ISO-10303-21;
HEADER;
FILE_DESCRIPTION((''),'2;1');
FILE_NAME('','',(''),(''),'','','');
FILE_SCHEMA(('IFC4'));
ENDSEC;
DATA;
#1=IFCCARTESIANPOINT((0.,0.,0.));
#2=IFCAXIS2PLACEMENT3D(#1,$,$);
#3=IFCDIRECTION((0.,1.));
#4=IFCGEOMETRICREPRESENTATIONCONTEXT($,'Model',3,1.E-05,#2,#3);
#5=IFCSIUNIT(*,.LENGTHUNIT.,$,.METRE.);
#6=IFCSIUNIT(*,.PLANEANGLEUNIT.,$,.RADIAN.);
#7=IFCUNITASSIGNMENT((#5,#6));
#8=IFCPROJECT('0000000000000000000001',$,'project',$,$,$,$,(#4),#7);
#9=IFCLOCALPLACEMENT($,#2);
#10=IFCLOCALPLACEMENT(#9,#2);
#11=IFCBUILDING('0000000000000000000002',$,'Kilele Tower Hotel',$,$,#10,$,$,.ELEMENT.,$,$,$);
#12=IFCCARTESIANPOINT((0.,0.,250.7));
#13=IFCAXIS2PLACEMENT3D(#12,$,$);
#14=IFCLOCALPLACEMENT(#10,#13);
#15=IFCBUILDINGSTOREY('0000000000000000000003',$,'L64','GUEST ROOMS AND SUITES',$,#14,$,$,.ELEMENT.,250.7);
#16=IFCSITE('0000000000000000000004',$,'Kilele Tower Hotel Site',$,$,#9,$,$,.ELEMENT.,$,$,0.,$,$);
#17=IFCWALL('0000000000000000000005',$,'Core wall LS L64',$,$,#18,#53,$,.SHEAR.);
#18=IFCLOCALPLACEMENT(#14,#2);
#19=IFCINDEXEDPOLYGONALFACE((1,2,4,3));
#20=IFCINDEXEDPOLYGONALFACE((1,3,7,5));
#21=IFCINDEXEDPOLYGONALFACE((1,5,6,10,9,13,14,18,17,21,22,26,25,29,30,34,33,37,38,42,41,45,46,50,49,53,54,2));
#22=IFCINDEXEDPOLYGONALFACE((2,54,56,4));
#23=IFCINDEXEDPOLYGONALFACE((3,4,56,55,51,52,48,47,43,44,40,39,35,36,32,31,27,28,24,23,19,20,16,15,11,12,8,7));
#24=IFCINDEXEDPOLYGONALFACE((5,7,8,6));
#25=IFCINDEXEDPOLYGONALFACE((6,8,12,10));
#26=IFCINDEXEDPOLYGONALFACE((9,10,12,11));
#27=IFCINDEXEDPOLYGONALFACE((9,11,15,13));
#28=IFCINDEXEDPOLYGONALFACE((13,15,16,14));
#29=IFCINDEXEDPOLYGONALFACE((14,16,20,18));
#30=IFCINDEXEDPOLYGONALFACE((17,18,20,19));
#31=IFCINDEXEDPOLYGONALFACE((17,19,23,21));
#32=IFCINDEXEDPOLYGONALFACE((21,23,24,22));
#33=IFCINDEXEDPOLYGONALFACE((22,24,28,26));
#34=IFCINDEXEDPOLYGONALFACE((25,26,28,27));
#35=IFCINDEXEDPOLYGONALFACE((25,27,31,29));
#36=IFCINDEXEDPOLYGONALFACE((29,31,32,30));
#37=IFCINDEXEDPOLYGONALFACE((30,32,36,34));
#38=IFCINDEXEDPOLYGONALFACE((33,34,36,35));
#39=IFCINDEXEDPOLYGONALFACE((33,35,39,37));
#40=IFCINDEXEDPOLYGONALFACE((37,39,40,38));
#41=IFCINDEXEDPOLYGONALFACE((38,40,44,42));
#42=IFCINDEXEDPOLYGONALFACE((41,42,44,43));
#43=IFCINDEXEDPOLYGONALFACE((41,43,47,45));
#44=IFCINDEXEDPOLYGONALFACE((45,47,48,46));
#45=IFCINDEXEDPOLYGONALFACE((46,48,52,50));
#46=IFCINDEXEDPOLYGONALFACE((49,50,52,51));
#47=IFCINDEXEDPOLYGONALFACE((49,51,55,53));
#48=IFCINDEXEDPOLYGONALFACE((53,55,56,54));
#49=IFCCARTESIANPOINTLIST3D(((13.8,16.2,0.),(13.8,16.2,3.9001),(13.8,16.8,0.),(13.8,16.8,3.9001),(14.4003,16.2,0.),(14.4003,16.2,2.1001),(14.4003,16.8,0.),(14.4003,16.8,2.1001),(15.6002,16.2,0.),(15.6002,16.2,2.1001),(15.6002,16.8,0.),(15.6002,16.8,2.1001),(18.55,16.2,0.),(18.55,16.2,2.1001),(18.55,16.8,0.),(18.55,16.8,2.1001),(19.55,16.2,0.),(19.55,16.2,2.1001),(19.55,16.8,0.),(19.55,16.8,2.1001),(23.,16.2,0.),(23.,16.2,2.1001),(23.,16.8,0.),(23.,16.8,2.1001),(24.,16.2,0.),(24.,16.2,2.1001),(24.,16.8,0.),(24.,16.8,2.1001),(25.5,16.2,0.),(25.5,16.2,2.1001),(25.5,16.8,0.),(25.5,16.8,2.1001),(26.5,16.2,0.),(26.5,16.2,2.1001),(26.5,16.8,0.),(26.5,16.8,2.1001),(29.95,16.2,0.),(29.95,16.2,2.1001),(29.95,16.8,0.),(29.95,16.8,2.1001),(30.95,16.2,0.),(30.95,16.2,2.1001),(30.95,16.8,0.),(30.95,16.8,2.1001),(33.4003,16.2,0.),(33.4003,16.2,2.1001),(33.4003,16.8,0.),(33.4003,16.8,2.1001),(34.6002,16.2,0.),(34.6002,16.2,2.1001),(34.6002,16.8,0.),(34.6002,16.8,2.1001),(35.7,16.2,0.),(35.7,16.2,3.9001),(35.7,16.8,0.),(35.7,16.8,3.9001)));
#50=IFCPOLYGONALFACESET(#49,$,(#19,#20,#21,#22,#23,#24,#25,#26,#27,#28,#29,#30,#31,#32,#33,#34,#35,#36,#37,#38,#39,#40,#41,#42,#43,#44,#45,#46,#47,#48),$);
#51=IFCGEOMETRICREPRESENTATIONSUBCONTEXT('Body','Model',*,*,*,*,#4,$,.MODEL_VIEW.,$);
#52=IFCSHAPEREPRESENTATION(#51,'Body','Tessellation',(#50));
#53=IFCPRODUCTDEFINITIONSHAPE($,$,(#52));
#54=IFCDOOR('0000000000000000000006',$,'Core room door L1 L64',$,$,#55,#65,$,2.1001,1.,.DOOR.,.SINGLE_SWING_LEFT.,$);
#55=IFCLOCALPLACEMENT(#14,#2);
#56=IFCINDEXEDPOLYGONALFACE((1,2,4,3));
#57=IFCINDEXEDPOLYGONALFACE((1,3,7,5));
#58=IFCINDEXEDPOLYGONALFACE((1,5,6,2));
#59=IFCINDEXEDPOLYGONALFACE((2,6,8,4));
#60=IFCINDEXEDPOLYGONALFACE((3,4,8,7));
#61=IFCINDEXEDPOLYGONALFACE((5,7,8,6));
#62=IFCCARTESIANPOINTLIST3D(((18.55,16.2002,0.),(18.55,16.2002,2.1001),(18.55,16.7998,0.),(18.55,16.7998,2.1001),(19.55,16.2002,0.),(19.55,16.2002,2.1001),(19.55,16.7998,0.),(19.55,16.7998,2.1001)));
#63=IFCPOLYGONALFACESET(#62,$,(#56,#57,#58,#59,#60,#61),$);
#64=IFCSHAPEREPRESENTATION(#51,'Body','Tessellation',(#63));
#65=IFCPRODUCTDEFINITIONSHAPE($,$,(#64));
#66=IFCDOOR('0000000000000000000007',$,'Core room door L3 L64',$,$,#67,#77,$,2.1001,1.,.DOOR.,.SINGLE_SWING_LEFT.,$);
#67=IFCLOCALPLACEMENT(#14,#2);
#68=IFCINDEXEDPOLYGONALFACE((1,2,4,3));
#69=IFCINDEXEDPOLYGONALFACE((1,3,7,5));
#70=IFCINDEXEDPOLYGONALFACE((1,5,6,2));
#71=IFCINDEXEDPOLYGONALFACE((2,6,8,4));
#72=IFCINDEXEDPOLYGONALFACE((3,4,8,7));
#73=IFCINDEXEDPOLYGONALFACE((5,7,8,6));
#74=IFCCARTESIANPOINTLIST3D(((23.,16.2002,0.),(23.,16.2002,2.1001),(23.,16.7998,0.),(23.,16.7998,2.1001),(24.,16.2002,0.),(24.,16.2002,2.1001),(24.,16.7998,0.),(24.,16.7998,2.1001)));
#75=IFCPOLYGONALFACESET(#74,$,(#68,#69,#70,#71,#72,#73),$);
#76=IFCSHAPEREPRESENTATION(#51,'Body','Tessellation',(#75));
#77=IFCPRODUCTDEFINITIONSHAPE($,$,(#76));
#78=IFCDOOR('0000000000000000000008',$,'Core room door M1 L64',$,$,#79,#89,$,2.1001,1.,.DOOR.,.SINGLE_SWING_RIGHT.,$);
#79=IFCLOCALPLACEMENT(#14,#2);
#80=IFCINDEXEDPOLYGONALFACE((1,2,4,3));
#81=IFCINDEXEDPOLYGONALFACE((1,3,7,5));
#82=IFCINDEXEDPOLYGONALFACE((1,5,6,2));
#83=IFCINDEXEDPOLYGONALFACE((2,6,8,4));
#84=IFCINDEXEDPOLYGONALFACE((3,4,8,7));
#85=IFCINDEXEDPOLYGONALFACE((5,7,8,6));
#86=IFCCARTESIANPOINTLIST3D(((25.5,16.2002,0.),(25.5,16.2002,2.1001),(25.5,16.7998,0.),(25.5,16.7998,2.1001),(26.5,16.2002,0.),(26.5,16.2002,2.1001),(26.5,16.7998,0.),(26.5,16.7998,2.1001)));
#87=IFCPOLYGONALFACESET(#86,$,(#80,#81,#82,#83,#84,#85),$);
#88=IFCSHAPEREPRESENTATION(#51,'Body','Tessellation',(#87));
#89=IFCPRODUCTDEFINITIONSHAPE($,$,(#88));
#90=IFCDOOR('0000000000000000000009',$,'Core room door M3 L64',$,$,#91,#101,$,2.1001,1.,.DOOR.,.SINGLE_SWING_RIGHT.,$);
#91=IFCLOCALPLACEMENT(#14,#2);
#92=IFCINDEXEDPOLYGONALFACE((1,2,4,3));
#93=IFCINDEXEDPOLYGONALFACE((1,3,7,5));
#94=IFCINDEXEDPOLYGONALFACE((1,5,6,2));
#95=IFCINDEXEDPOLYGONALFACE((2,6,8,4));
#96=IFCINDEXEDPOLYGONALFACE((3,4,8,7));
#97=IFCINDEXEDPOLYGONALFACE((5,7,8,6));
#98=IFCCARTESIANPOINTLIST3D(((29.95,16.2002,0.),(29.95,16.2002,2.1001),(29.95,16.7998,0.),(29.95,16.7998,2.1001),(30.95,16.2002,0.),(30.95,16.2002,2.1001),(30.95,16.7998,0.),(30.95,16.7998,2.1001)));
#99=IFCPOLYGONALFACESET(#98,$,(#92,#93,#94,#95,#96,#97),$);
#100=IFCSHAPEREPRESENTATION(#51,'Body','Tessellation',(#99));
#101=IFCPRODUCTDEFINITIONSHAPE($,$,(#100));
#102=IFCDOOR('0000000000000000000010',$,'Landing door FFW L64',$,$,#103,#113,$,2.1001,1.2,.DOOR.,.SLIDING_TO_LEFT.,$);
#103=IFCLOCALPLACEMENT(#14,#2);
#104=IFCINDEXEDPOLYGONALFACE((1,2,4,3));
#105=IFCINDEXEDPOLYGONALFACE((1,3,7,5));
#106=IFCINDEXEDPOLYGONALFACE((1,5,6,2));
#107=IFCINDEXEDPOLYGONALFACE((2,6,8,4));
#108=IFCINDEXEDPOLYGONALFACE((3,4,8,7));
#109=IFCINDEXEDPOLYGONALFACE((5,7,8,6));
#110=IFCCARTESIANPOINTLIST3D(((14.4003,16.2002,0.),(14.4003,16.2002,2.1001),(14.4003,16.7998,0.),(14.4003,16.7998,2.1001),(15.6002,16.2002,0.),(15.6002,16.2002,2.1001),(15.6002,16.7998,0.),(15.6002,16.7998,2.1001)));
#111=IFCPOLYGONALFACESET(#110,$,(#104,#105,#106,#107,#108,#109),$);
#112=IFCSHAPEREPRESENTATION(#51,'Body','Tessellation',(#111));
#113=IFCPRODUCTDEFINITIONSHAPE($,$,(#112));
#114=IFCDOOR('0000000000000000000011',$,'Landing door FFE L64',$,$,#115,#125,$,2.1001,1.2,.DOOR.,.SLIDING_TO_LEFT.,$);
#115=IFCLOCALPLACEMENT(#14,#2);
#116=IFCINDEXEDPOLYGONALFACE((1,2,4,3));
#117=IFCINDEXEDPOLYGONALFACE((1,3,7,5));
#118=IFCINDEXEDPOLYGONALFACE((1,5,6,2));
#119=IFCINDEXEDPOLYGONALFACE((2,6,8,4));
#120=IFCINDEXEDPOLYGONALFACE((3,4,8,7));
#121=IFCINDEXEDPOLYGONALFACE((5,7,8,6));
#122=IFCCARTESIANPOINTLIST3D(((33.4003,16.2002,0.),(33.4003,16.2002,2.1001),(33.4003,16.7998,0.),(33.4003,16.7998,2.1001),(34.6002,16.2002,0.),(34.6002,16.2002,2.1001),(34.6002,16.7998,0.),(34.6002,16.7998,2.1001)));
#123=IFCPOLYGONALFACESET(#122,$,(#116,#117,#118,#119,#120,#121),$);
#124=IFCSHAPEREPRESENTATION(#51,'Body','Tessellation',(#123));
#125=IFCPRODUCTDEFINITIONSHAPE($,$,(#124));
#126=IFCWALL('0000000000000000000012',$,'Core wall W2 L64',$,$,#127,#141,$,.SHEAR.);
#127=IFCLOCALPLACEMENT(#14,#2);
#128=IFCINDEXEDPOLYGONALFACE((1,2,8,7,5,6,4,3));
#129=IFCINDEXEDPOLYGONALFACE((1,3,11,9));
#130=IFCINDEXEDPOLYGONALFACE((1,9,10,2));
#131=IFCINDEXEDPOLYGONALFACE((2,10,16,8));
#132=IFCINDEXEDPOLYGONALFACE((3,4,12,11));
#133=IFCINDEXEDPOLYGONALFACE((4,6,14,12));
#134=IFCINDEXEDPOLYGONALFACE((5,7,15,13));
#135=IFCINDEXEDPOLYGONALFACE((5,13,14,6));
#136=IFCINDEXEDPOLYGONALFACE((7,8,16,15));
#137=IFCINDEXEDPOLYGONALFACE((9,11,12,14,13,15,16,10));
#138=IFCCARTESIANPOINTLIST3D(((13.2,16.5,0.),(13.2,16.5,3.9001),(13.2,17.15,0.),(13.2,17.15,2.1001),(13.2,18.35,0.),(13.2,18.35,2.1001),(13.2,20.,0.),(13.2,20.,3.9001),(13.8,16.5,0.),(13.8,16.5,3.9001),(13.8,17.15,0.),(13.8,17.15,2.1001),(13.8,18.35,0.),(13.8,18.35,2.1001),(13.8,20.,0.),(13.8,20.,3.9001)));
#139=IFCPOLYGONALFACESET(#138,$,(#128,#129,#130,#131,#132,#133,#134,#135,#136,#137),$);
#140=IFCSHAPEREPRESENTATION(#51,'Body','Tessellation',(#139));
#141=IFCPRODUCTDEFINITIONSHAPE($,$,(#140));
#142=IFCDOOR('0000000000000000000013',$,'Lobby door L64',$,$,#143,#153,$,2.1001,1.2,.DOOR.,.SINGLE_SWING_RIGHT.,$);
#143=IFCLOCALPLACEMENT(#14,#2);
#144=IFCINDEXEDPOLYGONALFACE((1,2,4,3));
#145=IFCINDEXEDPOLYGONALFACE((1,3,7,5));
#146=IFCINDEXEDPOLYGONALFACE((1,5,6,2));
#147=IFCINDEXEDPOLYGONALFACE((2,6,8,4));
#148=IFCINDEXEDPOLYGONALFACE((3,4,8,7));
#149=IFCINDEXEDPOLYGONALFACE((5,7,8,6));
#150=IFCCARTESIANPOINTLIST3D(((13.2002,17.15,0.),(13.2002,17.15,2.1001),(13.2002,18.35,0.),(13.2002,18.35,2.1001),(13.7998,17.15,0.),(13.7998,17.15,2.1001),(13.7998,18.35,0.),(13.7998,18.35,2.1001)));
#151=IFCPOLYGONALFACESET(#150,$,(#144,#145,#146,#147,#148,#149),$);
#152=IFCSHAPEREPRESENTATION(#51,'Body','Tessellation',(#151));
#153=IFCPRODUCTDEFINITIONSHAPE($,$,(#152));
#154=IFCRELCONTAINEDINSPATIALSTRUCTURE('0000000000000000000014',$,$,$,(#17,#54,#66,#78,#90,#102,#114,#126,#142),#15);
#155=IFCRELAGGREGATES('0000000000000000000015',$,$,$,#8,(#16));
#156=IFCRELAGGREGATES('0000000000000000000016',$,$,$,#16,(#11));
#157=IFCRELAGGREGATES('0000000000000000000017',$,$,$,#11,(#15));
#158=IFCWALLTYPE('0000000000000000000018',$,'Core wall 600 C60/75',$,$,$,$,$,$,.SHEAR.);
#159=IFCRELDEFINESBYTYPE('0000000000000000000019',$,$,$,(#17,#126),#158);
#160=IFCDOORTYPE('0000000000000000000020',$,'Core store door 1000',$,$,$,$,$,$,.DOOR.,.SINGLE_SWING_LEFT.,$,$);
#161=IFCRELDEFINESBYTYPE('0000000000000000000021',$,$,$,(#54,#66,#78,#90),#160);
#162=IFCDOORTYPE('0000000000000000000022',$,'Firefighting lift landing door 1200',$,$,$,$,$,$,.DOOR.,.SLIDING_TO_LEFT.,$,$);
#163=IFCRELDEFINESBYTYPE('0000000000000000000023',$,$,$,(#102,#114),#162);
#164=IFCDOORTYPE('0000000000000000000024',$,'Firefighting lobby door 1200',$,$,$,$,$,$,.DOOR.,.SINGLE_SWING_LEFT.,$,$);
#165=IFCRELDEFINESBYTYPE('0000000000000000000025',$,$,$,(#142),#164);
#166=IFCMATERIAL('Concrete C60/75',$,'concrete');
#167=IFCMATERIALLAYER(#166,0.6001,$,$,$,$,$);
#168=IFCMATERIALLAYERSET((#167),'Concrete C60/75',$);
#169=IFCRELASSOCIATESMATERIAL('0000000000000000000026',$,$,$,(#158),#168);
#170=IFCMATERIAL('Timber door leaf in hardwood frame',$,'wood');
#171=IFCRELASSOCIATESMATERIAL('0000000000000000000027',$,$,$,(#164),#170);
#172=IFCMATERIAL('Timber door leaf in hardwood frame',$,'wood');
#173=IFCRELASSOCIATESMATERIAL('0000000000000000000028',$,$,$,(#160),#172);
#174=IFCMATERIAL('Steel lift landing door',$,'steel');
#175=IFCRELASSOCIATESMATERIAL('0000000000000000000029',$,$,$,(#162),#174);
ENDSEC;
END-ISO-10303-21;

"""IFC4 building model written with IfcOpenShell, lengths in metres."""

from ifc_helpers import new_model, si_unit, direction, frame, frame_2d, origin, place, context, subcontext, project, spatial, rectangle, extrude, material, layer, layer_set, type_object, element, fill, save


model = new_model("IFC4")

# Units and contexts
model_context = context("Model", 3, precision=1e-05, world=origin(), true_north=direction((0.0, 1.0)))
body_context = subcontext(model_context, "Body", "Model", "MODEL_VIEW")
ifc_project = project(units=[si_unit("LENGTHUNIT", "METRE"), si_unit("PLANEANGLEUNIT", "RADIAN")], contexts=[model_context])

# Site, building, storey
site_placement = place(None, origin())
site = spatial("IfcSite", under=ifc_project, at=site_placement, Name="Kilele Tower Hotel Site", CompositionType="ELEMENT", RefElevation=0.0)
building_placement = place(site_placement, origin())
building = spatial("IfcBuilding", under=site, at=building_placement, Name="Kilele Tower Hotel", CompositionType="ELEMENT")
storey_placement = place(building_placement, frame((0.0, 0.0, 250.7)))
storey = spatial("IfcBuildingStorey", under=building, at=storey_placement, Name="L64", Description="GUEST ROOMS AND SUITES", CompositionType="ELEMENT", Elevation=250.7)

# Shared definitions
ifc_material_1 = material(Name="Concrete C60/75", Category="concrete")
ifc_layer_1 = layer(ifc_material_1, 0.6001)
ifc_layer_set_1 = layer_set([ifc_layer_1], Name="Concrete C60/75")
wall_type_1 = type_object("IfcWallType", Name="Core wall 600 C60/75", PredefinedType="SHEAR", material=ifc_layer_set_1)
ifc_material_2 = material(Name="Timber door leaf in hardwood frame", Category="wood")
door_type_1 = type_object("IfcDoorType", Name="Firefighting lobby door 1200", OperationType="SINGLE_SWING_LEFT", PredefinedType="DOOR", material=ifc_material_2)

# Wall, openings, doors
wall_1_placement = place(storey_placement, frame((13.8, 16.5, 0.0), z_axis=(0.0, 0.0, 1.0), x_axis=(1.0, 0.0, 0.0)))
wall_1 = element("IfcWall", 1, at=wall_1_placement, inside=storey, type_object=wall_type_1, Name="Core wall LS L64", PredefinedType="SHEAR", context=body_context, shape_type="SweptSolid", body=[
    extrude(rectangle(XDim=21.8999, YDim=0.6001, at=frame_2d((10.95, 0.0))), origin(), (0.0, 0.0, 1.0), 3.9001),
])
opening_1_placement = place(wall_1_placement, frame((5.75, 0.0, 0.0), z_axis=(0.0, 0.0, 1.0), x_axis=(-1.0, 0.0, 0.0)))
opening_1 = element("IfcOpeningElement", 2, at=opening_1_placement, cuts=wall_1, PredefinedType="OPENING", context=body_context, shape_type="SweptSolid", body=[
    extrude(rectangle(XDim=1.0, YDim=2.1001, at=frame_2d((0.5, 1.05))), frame((0.0, 0.3101, 0.0), z_axis=(0.0, -1.0, 0.0), x_axis=(1.0, 0.0, 0.0)), (0.0, 0.0, 1.0), 0.6201),
])
opening_2_placement = place(wall_1_placement, frame((10.2, 0.0, 0.0), z_axis=(0.0, 0.0, 1.0), x_axis=(-1.0, 0.0, 0.0)))
opening_2 = element("IfcOpeningElement", 3, at=opening_2_placement, cuts=wall_1, PredefinedType="OPENING", context=body_context, shape_type="SweptSolid", body=[
    extrude(rectangle(XDim=1.0, YDim=2.1001, at=frame_2d((0.5, 1.05))), frame((0.0, 0.3101, 0.0), z_axis=(0.0, -1.0, 0.0), x_axis=(1.0, 0.0, 0.0)), (0.0, 0.0, 1.0), 0.6201),
])
opening_3_placement = place(wall_1_placement, frame((12.7, 0.0, 0.0), z_axis=(0.0, 0.0, 1.0), x_axis=(-1.0, 0.0, 0.0)))
opening_3 = element("IfcOpeningElement", 4, at=opening_3_placement, cuts=wall_1, PredefinedType="OPENING", context=body_context, shape_type="SweptSolid", body=[
    extrude(rectangle(XDim=1.0, YDim=2.1001, at=frame_2d((0.5, 1.05))), frame((0.0, 0.3101, 0.0), z_axis=(0.0, -1.0, 0.0), x_axis=(1.0, 0.0, 0.0)), (0.0, 0.0, 1.0), 0.6201),
])
opening_4_placement = place(wall_1_placement, frame((17.1499, 0.0, 0.0), z_axis=(0.0, 0.0, 1.0), x_axis=(-1.0, 0.0, 0.0)))
opening_4 = element("IfcOpeningElement", 5, at=opening_4_placement, cuts=wall_1, PredefinedType="OPENING", context=body_context, shape_type="SweptSolid", body=[
    extrude(rectangle(XDim=1.0, YDim=2.1001, at=frame_2d((0.5, 1.05))), frame((0.0, 0.3101, 0.0), z_axis=(0.0, -1.0, 0.0), x_axis=(1.0, 0.0, 0.0)), (0.0, 0.0, 1.0), 0.6201),
])
opening_5_placement = place(wall_1_placement, frame((0.6001, 0.0, 0.0)))
opening_5 = element("IfcOpeningElement", 6, at=opening_5_placement, cuts=wall_1, PredefinedType="OPENING", context=body_context, shape_type="SweptSolid", body=[
    extrude(rectangle(XDim=1.2, YDim=2.1001, at=frame_2d((0.6001, 1.05))), frame((0.0, 0.3101, 0.0), z_axis=(0.0, -1.0, 0.0), x_axis=(1.0, 0.0, 0.0)), (0.0, 0.0, 1.0), 0.6201),
])
opening_6_placement = place(wall_1_placement, frame((19.6001, 0.0, 0.0)))
opening_6 = element("IfcOpeningElement", 7, at=opening_6_placement, cuts=wall_1, PredefinedType="OPENING", context=body_context, shape_type="SweptSolid", body=[
    extrude(rectangle(XDim=1.2, YDim=2.1001, at=frame_2d((0.6001, 1.05))), frame((0.0, 0.3101, 0.0), z_axis=(0.0, -1.0, 0.0), x_axis=(1.0, 0.0, 0.0)), (0.0, 0.0, 1.0), 0.6201),
])
ifc_material_3 = material(Name="Timber door leaf in hardwood frame", Category="wood")
door_type_2 = type_object("IfcDoorType", Name="Core store door 1000", OperationType="SINGLE_SWING_LEFT", PredefinedType="DOOR", material=ifc_material_3)
door_1_placement = place(opening_1_placement, origin())
door_1 = element("IfcDoor", 8, at=door_1_placement, inside=storey, type_object=door_type_2, Name="Core room door L1 L64", OperationType="SINGLE_SWING_LEFT", OverallHeight=2.1001, OverallWidth=1.0, PredefinedType="DOOR", context=body_context, shape_type="SweptSolid", body=[
    extrude(rectangle(XDim=1.0, YDim=2.1001, at=frame_2d((0.5, 1.05))), frame((0.0, 0.2998, 0.0), z_axis=(0.0, -1.0, 0.0), x_axis=(1.0, 0.0, 0.0)), (0.0, 0.0, 1.0), 0.5996),
])
fill(opening_1, door_1)
door_2_placement = place(opening_2_placement, origin())
door_2 = element("IfcDoor", 9, at=door_2_placement, inside=storey, type_object=door_type_2, Name="Core room door L3 L64", OperationType="SINGLE_SWING_LEFT", OverallHeight=2.1001, OverallWidth=1.0, PredefinedType="DOOR", context=body_context, shape_type="SweptSolid", body=[
    extrude(rectangle(XDim=1.0, YDim=2.1001, at=frame_2d((0.5, 1.05))), frame((0.0, 0.2998, 0.0), z_axis=(0.0, -1.0, 0.0), x_axis=(1.0, 0.0, 0.0)), (0.0, 0.0, 1.0), 0.5996),
])
fill(opening_2, door_2)
door_3_placement = place(opening_3_placement, origin())
door_3 = element("IfcDoor", 10, at=door_3_placement, inside=storey, type_object=door_type_2, Name="Core room door M1 L64", OperationType="SINGLE_SWING_RIGHT", OverallHeight=2.1001, OverallWidth=1.0, PredefinedType="DOOR", context=body_context, shape_type="SweptSolid", body=[
    extrude(rectangle(XDim=1.0, YDim=2.1001, at=frame_2d((0.5, 1.05))), frame((0.0, 0.2998, 0.0), z_axis=(0.0, -1.0, 0.0), x_axis=(1.0, 0.0, 0.0)), (0.0, 0.0, 1.0), 0.5996),
])
fill(opening_3, door_3)
door_4_placement = place(opening_4_placement, origin())
door_4 = element("IfcDoor", 11, at=door_4_placement, inside=storey, type_object=door_type_2, Name="Core room door M3 L64", OperationType="SINGLE_SWING_RIGHT", OverallHeight=2.1001, OverallWidth=1.0, PredefinedType="DOOR", context=body_context, shape_type="SweptSolid", body=[
    extrude(rectangle(XDim=1.0, YDim=2.1001, at=frame_2d((0.5, 1.05))), frame((0.0, 0.2998, 0.0), z_axis=(0.0, -1.0, 0.0), x_axis=(1.0, 0.0, 0.0)), (0.0, 0.0, 1.0), 0.5996),
])
fill(opening_4, door_4)
ifc_material_4 = material(Name="Steel lift landing door", Category="steel")
door_type_3 = type_object("IfcDoorType", Name="Firefighting lift landing door 1200", OperationType="SLIDING_TO_LEFT", PredefinedType="DOOR", material=ifc_material_4)
door_5_placement = place(opening_5_placement, origin())
door_5 = element("IfcDoor", 12, at=door_5_placement, inside=storey, type_object=door_type_3, Name="Landing door FFW L64", OperationType="SLIDING_TO_LEFT", OverallHeight=2.1001, OverallWidth=1.2, PredefinedType="DOOR", context=body_context, shape_type="SweptSolid", body=[
    extrude(rectangle(XDim=1.2, YDim=2.1001, at=frame_2d((0.6001, 1.05))), frame((0.0, 0.2998, 0.0), z_axis=(0.0, -1.0, 0.0), x_axis=(1.0, 0.0, 0.0)), (0.0, 0.0, 1.0), 0.5996),
])
fill(opening_5, door_5)
door_6_placement = place(opening_6_placement, origin())
door_6 = element("IfcDoor", 13, at=door_6_placement, inside=storey, type_object=door_type_3, Name="Landing door FFE L64", OperationType="SLIDING_TO_LEFT", OverallHeight=2.1001, OverallWidth=1.2, PredefinedType="DOOR", context=body_context, shape_type="SweptSolid", body=[
    extrude(rectangle(XDim=1.2, YDim=2.1001, at=frame_2d((0.6001, 1.05))), frame((0.0, 0.2998, 0.0), z_axis=(0.0, -1.0, 0.0), x_axis=(1.0, 0.0, 0.0)), (0.0, 0.0, 1.0), 0.5996),
])
fill(opening_6, door_6)

# Wall, opening, door
wall_2_placement = place(storey_placement, frame((13.5, 20.0, 0.0), z_axis=(0.0, 0.0, 1.0), x_axis=(0.0, -1.0, 0.0)))
wall_2 = element("IfcWall", 14, at=wall_2_placement, inside=storey, type_object=wall_type_1, Name="Core wall W2 L64", PredefinedType="SHEAR", context=body_context, shape_type="SweptSolid", body=[
    extrude(rectangle(XDim=3.5, YDim=0.6001, at=frame_2d((1.75, 0.0))), origin(), (0.0, 0.0, 1.0), 3.9001),
])
opening_7_placement = place(wall_2_placement, frame((1.6499, 0.0, 0.0)))
opening_7 = element("IfcOpeningElement", 15, at=opening_7_placement, cuts=wall_2, PredefinedType="OPENING", context=body_context, shape_type="SweptSolid", body=[
    extrude(rectangle(XDim=1.2, YDim=2.1001, at=frame_2d((0.6001, 1.05))), frame((0.0, 0.3101, 0.0), z_axis=(0.0, -1.0, 0.0), x_axis=(1.0, 0.0, 0.0)), (0.0, 0.0, 1.0), 0.6201),
])
door_7_placement = place(opening_7_placement, origin())
door_7 = element("IfcDoor", 16, at=door_7_placement, inside=storey, type_object=door_type_1, Name="Lobby door L64", OperationType="SINGLE_SWING_RIGHT", OverallHeight=2.1001, OverallWidth=1.2, PredefinedType="DOOR", context=body_context, shape_type="SweptSolid", body=[
    extrude(rectangle(XDim=1.2, YDim=2.1001, at=frame_2d((0.6001, 1.05))), frame((0.0, 0.2998, 0.0), z_axis=(0.0, -1.0, 0.0), x_axis=(1.0, 0.0, 0.0)), (0.0, 0.0, 1.0), 0.5996),
])
fill(opening_7, door_7)

save(model, "model.ifc")
